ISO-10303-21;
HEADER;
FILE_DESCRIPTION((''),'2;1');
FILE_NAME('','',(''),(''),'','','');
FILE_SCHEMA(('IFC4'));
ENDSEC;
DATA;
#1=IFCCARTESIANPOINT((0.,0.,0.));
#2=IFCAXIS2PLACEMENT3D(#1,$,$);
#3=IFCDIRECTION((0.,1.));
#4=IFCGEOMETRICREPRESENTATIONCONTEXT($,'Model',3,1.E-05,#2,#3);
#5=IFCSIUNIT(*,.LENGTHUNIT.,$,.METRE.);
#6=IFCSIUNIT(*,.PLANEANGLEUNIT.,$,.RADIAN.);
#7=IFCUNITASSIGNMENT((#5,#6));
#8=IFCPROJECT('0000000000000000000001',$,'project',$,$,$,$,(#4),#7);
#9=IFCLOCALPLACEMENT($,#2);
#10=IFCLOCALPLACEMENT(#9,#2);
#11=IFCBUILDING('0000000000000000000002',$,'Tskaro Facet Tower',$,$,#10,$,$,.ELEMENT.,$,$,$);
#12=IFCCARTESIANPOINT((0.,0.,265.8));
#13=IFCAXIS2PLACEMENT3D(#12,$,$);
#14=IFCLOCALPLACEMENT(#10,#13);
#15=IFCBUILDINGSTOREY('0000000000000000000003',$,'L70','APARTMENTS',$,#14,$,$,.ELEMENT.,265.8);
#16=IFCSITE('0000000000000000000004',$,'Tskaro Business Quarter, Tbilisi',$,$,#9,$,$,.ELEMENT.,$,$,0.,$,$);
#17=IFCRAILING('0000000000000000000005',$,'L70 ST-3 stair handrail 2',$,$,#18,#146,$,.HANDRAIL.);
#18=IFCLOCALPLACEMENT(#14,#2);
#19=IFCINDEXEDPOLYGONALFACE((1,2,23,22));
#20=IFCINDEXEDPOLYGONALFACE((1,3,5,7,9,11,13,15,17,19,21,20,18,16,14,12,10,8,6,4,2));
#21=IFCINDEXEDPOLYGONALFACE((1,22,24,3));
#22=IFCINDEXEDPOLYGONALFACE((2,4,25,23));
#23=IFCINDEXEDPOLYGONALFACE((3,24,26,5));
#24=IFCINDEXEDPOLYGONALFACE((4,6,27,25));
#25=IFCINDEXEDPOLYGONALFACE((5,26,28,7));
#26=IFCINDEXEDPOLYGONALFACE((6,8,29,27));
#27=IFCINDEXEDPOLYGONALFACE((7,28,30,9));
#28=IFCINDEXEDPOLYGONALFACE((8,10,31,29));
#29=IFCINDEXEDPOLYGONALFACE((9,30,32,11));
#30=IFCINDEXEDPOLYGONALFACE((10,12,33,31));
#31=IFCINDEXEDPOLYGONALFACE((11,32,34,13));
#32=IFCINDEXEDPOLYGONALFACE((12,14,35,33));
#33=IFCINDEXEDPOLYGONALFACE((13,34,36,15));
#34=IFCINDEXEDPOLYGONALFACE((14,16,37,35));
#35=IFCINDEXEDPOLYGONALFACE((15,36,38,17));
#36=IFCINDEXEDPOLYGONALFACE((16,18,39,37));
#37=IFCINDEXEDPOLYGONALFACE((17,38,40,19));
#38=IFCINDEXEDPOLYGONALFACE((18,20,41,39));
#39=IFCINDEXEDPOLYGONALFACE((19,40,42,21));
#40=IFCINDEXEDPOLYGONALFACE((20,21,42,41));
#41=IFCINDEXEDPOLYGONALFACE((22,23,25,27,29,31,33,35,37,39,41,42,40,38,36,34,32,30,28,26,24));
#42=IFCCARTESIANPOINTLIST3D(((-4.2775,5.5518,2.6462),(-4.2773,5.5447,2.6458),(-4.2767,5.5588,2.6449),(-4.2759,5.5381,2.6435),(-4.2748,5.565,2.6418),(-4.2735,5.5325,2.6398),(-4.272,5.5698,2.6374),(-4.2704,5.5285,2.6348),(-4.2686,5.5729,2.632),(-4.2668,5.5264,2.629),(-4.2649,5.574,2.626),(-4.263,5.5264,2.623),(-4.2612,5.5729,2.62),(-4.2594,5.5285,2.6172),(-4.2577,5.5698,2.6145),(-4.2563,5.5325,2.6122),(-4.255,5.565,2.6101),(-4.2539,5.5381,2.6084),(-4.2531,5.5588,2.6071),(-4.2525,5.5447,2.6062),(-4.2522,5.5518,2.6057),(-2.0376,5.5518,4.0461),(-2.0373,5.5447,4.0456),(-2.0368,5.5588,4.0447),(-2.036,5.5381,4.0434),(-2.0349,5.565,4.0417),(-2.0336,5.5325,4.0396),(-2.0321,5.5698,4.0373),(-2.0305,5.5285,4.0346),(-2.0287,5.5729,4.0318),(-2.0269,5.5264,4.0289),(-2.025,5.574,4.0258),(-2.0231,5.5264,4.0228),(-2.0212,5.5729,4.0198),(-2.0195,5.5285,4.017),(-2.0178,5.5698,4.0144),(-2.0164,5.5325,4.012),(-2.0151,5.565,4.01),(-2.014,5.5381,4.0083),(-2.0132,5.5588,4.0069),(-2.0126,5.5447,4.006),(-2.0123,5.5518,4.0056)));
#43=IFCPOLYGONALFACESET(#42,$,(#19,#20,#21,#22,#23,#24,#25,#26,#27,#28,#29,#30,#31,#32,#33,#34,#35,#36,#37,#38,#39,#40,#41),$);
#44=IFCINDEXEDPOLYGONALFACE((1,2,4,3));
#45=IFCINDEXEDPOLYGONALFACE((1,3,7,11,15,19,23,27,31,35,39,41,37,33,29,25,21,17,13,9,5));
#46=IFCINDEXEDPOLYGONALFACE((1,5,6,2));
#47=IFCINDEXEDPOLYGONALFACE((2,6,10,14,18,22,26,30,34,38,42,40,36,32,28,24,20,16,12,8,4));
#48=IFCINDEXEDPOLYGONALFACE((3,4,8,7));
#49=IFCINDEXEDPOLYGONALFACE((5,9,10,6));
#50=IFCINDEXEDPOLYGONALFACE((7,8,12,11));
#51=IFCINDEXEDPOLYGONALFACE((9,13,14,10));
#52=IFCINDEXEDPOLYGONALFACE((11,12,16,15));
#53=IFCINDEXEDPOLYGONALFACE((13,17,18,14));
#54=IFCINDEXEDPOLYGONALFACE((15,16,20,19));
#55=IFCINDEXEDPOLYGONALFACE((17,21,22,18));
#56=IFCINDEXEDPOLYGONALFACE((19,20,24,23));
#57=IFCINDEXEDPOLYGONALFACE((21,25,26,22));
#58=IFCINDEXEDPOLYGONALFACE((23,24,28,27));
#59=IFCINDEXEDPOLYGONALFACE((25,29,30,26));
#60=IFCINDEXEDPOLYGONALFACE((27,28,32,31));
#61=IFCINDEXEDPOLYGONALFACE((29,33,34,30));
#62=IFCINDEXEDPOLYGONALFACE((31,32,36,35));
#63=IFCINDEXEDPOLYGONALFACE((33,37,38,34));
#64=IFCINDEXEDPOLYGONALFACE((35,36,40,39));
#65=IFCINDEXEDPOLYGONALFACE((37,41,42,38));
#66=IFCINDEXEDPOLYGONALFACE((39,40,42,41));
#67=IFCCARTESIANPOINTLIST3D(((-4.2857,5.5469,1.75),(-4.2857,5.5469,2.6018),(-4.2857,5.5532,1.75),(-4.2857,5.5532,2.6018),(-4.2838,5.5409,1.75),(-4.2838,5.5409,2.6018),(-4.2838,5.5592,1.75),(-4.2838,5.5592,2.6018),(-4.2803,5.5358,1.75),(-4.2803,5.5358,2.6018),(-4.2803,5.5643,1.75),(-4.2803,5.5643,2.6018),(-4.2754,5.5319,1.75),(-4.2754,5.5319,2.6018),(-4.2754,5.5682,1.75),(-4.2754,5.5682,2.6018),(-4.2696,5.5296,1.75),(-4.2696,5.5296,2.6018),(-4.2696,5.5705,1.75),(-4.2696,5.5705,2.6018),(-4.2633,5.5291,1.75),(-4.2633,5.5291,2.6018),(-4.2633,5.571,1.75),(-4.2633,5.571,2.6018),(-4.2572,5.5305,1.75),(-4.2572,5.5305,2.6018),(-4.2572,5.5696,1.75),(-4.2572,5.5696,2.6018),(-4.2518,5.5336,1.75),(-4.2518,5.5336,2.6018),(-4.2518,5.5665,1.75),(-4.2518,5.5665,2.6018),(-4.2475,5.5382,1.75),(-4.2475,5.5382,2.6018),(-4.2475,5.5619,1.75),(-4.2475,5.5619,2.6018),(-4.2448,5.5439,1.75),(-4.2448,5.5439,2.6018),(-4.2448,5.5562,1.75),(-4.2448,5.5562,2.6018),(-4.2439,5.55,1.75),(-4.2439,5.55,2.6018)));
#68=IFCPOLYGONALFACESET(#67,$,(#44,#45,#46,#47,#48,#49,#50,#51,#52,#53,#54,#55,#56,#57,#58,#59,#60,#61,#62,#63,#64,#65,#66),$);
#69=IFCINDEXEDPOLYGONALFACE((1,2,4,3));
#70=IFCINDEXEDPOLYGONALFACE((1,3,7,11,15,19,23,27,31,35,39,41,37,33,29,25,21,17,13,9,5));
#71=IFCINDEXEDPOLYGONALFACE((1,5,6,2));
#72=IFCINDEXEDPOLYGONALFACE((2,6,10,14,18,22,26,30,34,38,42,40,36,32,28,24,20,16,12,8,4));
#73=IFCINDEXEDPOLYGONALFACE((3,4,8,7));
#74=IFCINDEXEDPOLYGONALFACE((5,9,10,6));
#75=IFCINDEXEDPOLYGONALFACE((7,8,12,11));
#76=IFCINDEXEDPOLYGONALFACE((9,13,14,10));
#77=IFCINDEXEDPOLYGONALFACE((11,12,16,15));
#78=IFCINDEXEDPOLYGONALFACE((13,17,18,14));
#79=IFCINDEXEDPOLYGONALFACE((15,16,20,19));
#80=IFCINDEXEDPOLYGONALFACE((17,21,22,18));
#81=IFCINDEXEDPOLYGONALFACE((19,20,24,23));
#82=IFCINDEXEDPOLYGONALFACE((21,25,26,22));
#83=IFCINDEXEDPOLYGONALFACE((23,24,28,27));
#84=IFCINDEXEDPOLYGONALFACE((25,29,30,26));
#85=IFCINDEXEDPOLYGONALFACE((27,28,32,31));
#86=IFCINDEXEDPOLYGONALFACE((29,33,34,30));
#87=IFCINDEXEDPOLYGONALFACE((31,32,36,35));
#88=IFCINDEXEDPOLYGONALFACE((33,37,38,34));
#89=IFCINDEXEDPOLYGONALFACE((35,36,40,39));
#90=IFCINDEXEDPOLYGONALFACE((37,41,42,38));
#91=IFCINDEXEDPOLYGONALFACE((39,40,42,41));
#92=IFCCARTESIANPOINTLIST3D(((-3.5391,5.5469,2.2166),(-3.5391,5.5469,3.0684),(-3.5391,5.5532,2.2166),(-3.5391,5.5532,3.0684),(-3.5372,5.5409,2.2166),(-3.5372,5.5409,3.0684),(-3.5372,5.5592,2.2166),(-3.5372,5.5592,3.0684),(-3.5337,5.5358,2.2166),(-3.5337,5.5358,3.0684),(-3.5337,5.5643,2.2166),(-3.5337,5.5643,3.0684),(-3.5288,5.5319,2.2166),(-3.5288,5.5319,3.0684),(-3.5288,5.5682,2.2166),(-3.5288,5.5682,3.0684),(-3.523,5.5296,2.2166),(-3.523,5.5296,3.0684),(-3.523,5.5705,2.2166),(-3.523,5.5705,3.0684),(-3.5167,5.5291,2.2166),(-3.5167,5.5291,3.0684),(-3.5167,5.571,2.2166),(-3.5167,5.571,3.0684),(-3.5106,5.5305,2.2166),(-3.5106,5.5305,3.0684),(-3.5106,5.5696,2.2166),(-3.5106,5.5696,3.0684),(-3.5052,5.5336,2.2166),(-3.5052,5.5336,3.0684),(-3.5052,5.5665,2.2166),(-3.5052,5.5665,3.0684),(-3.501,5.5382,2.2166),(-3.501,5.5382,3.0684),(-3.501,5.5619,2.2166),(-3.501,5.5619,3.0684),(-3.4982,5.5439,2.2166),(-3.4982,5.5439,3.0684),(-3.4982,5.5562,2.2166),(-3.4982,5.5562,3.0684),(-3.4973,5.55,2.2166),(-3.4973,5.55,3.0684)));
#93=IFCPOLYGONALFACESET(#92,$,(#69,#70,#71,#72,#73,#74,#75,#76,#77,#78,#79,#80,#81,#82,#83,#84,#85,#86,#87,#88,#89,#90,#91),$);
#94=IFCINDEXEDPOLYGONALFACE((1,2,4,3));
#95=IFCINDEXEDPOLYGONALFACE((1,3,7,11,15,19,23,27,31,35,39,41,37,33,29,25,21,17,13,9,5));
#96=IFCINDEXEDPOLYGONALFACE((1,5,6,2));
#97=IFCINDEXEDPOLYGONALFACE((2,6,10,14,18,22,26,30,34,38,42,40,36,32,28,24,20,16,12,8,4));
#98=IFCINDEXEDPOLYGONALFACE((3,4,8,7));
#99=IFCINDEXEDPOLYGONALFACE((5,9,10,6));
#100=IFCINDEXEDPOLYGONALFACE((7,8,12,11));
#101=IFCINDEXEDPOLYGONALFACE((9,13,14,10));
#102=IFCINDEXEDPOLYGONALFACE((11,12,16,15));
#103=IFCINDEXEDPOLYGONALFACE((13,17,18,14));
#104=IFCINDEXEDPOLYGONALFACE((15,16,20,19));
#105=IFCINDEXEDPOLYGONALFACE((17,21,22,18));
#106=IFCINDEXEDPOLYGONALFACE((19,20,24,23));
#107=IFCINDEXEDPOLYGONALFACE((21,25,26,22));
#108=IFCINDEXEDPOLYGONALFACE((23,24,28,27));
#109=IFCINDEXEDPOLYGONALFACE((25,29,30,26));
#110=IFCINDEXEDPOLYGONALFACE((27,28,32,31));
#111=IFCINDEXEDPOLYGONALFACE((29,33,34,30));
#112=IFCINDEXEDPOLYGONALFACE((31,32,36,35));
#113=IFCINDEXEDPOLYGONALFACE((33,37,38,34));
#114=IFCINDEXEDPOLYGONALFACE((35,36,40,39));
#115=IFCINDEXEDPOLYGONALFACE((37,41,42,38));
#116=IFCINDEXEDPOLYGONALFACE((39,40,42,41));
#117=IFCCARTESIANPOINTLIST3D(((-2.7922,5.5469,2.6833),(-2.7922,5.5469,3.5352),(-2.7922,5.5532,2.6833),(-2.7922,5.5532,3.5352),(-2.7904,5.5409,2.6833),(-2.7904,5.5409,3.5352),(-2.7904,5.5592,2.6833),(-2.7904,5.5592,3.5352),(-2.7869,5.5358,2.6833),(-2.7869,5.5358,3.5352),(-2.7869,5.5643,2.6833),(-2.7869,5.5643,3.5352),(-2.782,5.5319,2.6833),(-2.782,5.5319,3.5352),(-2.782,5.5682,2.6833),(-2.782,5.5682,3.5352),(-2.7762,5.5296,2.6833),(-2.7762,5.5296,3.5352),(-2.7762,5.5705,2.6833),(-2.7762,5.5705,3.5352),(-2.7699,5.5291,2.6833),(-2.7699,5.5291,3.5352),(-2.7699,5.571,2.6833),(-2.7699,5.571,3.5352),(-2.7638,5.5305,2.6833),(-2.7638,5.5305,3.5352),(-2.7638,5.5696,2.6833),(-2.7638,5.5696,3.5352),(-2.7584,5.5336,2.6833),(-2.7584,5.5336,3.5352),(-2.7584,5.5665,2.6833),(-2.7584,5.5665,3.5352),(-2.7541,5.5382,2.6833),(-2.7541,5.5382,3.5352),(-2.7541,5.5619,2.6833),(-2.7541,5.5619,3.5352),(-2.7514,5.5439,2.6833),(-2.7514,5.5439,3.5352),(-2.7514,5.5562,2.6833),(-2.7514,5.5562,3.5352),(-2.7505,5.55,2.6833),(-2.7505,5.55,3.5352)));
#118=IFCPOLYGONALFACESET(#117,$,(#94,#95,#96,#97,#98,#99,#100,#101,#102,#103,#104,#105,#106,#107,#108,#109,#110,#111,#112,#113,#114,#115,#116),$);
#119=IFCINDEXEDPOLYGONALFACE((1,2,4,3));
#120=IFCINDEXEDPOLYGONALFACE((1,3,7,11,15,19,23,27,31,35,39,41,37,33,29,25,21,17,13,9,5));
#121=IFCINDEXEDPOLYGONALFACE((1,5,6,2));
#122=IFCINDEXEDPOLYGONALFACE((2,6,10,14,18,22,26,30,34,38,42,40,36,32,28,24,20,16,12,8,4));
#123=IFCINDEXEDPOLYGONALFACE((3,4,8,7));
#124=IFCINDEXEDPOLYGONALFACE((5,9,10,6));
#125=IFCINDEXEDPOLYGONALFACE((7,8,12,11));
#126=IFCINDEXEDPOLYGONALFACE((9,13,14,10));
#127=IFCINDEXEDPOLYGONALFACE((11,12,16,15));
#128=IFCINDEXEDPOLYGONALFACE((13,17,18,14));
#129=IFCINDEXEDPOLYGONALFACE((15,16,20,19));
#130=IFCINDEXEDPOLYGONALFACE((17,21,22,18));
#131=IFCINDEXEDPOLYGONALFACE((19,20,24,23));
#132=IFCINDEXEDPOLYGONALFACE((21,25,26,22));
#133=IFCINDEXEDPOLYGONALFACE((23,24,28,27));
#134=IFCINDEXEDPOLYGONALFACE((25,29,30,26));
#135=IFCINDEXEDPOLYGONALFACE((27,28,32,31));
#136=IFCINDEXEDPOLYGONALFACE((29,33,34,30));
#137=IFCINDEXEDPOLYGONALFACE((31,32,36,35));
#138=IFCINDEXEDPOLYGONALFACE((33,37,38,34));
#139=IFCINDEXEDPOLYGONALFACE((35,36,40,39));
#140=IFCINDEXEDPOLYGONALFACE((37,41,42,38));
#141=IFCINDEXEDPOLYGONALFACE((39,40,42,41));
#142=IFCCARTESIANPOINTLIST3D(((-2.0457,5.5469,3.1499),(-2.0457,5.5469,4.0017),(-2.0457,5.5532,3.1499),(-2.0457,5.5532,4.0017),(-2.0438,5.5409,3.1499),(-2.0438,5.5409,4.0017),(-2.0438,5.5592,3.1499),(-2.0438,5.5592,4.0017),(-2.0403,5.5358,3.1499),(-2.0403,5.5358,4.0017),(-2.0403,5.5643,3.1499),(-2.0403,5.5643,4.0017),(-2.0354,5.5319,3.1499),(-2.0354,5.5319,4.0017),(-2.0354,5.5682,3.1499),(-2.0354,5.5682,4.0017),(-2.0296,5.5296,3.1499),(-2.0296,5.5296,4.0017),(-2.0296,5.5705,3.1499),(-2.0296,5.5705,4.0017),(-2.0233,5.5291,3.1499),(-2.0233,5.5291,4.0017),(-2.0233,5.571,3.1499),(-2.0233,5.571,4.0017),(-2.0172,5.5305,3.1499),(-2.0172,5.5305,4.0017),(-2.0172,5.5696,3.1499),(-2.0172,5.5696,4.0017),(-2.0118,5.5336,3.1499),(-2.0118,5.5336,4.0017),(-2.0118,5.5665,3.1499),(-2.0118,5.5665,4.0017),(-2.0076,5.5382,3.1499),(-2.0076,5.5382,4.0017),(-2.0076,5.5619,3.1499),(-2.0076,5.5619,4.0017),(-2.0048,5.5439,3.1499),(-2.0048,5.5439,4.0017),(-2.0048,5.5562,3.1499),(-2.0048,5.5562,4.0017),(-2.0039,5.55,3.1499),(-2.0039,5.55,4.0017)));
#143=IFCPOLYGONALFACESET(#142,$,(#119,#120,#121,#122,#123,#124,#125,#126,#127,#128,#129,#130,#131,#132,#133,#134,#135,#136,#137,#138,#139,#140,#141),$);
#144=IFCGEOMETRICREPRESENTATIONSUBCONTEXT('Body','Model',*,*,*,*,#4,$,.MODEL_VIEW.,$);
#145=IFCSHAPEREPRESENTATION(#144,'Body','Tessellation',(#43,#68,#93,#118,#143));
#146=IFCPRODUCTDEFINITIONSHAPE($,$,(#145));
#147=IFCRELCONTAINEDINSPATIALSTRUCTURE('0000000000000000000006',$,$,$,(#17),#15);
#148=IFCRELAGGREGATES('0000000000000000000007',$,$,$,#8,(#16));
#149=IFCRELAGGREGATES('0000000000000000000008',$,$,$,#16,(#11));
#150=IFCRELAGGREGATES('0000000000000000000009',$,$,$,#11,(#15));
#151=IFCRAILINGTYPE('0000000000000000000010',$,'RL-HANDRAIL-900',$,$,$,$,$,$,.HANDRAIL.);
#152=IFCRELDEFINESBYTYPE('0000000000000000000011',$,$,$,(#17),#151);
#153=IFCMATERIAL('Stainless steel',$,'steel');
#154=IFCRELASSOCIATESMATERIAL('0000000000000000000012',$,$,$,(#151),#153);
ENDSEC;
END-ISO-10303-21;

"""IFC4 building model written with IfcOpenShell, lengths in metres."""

from ifc_helpers import new_model, si_unit, direction, frame, origin, origin_2d, place, context, subcontext, project, spatial, circle, extrude, material, type_object, element, save


model = new_model("IFC4")

# Units and contexts
model_context = context("Model", 3, precision=1e-05, world=origin(), true_north=direction((0.0, 1.0)))
body_context = subcontext(model_context, "Body", "Model", "MODEL_VIEW")
ifc_project = project(units=[si_unit("LENGTHUNIT", "METRE"), si_unit("PLANEANGLEUNIT", "RADIAN")], contexts=[model_context])

# Site, building, storey
site_placement = place(None, origin())
site = spatial("IfcSite", under=ifc_project, at=site_placement, Name="Tskaro Business Quarter, Tbilisi", CompositionType="ELEMENT", RefElevation=0.0)
building_placement = place(site_placement, origin())
building = spatial("IfcBuilding", under=site, at=building_placement, Name="Tskaro Facet Tower", CompositionType="ELEMENT")
storey_placement = place(building_placement, frame((0.0, 0.0, 265.8)))
storey = spatial("IfcBuildingStorey", under=building, at=storey_placement, Name="L70", Description="APARTMENTS", CompositionType="ELEMENT", Elevation=265.8)

# Railing
ifc_material_1 = material(Name="Stainless steel", Category="steel")
railing_type_1 = type_object("IfcRailingType", Name="RL-HANDRAIL-900", PredefinedType="HANDRAIL", material=ifc_material_1)
railing_1_placement = place(storey_placement, frame((-4.2649, 5.55, 1.75)))
element("IfcRailing", 1, at=railing_1_placement, inside=storey, type_object=railing_type_1, Name="L70 ST-3 stair handrail 2", PredefinedType="HANDRAIL", context=body_context, shape_type="SweptSolid", body=[
    extrude(circle(Radius=0.0239, at=origin_2d()), frame((0.0, 0.0, 0.876), z_axis=(0.848014, 0.0, 0.529974), x_axis=(0.0, 1.0, 0.0)), (0.0, 0.0, 1.0), 2.6414),
    extrude(circle(Radius=0.021, at=origin_2d()), origin(), (0.0, 0.0, 1.0), 0.8518),
    extrude(circle(Radius=0.021, at=origin_2d()), frame((0.7466, 0.0, 0.4666)), (0.0, 0.0, 1.0), 0.8518),
    extrude(circle(Radius=0.021, at=origin_2d()), frame((1.4934, 0.0, 0.9333)), (0.0, 0.0, 1.0), 0.8518),
    extrude(circle(Radius=0.021, at=origin_2d()), frame((2.24, 0.0, 1.3999)), (0.0, 0.0, 1.0), 0.8518),
])

save(model, "model.ifc")
